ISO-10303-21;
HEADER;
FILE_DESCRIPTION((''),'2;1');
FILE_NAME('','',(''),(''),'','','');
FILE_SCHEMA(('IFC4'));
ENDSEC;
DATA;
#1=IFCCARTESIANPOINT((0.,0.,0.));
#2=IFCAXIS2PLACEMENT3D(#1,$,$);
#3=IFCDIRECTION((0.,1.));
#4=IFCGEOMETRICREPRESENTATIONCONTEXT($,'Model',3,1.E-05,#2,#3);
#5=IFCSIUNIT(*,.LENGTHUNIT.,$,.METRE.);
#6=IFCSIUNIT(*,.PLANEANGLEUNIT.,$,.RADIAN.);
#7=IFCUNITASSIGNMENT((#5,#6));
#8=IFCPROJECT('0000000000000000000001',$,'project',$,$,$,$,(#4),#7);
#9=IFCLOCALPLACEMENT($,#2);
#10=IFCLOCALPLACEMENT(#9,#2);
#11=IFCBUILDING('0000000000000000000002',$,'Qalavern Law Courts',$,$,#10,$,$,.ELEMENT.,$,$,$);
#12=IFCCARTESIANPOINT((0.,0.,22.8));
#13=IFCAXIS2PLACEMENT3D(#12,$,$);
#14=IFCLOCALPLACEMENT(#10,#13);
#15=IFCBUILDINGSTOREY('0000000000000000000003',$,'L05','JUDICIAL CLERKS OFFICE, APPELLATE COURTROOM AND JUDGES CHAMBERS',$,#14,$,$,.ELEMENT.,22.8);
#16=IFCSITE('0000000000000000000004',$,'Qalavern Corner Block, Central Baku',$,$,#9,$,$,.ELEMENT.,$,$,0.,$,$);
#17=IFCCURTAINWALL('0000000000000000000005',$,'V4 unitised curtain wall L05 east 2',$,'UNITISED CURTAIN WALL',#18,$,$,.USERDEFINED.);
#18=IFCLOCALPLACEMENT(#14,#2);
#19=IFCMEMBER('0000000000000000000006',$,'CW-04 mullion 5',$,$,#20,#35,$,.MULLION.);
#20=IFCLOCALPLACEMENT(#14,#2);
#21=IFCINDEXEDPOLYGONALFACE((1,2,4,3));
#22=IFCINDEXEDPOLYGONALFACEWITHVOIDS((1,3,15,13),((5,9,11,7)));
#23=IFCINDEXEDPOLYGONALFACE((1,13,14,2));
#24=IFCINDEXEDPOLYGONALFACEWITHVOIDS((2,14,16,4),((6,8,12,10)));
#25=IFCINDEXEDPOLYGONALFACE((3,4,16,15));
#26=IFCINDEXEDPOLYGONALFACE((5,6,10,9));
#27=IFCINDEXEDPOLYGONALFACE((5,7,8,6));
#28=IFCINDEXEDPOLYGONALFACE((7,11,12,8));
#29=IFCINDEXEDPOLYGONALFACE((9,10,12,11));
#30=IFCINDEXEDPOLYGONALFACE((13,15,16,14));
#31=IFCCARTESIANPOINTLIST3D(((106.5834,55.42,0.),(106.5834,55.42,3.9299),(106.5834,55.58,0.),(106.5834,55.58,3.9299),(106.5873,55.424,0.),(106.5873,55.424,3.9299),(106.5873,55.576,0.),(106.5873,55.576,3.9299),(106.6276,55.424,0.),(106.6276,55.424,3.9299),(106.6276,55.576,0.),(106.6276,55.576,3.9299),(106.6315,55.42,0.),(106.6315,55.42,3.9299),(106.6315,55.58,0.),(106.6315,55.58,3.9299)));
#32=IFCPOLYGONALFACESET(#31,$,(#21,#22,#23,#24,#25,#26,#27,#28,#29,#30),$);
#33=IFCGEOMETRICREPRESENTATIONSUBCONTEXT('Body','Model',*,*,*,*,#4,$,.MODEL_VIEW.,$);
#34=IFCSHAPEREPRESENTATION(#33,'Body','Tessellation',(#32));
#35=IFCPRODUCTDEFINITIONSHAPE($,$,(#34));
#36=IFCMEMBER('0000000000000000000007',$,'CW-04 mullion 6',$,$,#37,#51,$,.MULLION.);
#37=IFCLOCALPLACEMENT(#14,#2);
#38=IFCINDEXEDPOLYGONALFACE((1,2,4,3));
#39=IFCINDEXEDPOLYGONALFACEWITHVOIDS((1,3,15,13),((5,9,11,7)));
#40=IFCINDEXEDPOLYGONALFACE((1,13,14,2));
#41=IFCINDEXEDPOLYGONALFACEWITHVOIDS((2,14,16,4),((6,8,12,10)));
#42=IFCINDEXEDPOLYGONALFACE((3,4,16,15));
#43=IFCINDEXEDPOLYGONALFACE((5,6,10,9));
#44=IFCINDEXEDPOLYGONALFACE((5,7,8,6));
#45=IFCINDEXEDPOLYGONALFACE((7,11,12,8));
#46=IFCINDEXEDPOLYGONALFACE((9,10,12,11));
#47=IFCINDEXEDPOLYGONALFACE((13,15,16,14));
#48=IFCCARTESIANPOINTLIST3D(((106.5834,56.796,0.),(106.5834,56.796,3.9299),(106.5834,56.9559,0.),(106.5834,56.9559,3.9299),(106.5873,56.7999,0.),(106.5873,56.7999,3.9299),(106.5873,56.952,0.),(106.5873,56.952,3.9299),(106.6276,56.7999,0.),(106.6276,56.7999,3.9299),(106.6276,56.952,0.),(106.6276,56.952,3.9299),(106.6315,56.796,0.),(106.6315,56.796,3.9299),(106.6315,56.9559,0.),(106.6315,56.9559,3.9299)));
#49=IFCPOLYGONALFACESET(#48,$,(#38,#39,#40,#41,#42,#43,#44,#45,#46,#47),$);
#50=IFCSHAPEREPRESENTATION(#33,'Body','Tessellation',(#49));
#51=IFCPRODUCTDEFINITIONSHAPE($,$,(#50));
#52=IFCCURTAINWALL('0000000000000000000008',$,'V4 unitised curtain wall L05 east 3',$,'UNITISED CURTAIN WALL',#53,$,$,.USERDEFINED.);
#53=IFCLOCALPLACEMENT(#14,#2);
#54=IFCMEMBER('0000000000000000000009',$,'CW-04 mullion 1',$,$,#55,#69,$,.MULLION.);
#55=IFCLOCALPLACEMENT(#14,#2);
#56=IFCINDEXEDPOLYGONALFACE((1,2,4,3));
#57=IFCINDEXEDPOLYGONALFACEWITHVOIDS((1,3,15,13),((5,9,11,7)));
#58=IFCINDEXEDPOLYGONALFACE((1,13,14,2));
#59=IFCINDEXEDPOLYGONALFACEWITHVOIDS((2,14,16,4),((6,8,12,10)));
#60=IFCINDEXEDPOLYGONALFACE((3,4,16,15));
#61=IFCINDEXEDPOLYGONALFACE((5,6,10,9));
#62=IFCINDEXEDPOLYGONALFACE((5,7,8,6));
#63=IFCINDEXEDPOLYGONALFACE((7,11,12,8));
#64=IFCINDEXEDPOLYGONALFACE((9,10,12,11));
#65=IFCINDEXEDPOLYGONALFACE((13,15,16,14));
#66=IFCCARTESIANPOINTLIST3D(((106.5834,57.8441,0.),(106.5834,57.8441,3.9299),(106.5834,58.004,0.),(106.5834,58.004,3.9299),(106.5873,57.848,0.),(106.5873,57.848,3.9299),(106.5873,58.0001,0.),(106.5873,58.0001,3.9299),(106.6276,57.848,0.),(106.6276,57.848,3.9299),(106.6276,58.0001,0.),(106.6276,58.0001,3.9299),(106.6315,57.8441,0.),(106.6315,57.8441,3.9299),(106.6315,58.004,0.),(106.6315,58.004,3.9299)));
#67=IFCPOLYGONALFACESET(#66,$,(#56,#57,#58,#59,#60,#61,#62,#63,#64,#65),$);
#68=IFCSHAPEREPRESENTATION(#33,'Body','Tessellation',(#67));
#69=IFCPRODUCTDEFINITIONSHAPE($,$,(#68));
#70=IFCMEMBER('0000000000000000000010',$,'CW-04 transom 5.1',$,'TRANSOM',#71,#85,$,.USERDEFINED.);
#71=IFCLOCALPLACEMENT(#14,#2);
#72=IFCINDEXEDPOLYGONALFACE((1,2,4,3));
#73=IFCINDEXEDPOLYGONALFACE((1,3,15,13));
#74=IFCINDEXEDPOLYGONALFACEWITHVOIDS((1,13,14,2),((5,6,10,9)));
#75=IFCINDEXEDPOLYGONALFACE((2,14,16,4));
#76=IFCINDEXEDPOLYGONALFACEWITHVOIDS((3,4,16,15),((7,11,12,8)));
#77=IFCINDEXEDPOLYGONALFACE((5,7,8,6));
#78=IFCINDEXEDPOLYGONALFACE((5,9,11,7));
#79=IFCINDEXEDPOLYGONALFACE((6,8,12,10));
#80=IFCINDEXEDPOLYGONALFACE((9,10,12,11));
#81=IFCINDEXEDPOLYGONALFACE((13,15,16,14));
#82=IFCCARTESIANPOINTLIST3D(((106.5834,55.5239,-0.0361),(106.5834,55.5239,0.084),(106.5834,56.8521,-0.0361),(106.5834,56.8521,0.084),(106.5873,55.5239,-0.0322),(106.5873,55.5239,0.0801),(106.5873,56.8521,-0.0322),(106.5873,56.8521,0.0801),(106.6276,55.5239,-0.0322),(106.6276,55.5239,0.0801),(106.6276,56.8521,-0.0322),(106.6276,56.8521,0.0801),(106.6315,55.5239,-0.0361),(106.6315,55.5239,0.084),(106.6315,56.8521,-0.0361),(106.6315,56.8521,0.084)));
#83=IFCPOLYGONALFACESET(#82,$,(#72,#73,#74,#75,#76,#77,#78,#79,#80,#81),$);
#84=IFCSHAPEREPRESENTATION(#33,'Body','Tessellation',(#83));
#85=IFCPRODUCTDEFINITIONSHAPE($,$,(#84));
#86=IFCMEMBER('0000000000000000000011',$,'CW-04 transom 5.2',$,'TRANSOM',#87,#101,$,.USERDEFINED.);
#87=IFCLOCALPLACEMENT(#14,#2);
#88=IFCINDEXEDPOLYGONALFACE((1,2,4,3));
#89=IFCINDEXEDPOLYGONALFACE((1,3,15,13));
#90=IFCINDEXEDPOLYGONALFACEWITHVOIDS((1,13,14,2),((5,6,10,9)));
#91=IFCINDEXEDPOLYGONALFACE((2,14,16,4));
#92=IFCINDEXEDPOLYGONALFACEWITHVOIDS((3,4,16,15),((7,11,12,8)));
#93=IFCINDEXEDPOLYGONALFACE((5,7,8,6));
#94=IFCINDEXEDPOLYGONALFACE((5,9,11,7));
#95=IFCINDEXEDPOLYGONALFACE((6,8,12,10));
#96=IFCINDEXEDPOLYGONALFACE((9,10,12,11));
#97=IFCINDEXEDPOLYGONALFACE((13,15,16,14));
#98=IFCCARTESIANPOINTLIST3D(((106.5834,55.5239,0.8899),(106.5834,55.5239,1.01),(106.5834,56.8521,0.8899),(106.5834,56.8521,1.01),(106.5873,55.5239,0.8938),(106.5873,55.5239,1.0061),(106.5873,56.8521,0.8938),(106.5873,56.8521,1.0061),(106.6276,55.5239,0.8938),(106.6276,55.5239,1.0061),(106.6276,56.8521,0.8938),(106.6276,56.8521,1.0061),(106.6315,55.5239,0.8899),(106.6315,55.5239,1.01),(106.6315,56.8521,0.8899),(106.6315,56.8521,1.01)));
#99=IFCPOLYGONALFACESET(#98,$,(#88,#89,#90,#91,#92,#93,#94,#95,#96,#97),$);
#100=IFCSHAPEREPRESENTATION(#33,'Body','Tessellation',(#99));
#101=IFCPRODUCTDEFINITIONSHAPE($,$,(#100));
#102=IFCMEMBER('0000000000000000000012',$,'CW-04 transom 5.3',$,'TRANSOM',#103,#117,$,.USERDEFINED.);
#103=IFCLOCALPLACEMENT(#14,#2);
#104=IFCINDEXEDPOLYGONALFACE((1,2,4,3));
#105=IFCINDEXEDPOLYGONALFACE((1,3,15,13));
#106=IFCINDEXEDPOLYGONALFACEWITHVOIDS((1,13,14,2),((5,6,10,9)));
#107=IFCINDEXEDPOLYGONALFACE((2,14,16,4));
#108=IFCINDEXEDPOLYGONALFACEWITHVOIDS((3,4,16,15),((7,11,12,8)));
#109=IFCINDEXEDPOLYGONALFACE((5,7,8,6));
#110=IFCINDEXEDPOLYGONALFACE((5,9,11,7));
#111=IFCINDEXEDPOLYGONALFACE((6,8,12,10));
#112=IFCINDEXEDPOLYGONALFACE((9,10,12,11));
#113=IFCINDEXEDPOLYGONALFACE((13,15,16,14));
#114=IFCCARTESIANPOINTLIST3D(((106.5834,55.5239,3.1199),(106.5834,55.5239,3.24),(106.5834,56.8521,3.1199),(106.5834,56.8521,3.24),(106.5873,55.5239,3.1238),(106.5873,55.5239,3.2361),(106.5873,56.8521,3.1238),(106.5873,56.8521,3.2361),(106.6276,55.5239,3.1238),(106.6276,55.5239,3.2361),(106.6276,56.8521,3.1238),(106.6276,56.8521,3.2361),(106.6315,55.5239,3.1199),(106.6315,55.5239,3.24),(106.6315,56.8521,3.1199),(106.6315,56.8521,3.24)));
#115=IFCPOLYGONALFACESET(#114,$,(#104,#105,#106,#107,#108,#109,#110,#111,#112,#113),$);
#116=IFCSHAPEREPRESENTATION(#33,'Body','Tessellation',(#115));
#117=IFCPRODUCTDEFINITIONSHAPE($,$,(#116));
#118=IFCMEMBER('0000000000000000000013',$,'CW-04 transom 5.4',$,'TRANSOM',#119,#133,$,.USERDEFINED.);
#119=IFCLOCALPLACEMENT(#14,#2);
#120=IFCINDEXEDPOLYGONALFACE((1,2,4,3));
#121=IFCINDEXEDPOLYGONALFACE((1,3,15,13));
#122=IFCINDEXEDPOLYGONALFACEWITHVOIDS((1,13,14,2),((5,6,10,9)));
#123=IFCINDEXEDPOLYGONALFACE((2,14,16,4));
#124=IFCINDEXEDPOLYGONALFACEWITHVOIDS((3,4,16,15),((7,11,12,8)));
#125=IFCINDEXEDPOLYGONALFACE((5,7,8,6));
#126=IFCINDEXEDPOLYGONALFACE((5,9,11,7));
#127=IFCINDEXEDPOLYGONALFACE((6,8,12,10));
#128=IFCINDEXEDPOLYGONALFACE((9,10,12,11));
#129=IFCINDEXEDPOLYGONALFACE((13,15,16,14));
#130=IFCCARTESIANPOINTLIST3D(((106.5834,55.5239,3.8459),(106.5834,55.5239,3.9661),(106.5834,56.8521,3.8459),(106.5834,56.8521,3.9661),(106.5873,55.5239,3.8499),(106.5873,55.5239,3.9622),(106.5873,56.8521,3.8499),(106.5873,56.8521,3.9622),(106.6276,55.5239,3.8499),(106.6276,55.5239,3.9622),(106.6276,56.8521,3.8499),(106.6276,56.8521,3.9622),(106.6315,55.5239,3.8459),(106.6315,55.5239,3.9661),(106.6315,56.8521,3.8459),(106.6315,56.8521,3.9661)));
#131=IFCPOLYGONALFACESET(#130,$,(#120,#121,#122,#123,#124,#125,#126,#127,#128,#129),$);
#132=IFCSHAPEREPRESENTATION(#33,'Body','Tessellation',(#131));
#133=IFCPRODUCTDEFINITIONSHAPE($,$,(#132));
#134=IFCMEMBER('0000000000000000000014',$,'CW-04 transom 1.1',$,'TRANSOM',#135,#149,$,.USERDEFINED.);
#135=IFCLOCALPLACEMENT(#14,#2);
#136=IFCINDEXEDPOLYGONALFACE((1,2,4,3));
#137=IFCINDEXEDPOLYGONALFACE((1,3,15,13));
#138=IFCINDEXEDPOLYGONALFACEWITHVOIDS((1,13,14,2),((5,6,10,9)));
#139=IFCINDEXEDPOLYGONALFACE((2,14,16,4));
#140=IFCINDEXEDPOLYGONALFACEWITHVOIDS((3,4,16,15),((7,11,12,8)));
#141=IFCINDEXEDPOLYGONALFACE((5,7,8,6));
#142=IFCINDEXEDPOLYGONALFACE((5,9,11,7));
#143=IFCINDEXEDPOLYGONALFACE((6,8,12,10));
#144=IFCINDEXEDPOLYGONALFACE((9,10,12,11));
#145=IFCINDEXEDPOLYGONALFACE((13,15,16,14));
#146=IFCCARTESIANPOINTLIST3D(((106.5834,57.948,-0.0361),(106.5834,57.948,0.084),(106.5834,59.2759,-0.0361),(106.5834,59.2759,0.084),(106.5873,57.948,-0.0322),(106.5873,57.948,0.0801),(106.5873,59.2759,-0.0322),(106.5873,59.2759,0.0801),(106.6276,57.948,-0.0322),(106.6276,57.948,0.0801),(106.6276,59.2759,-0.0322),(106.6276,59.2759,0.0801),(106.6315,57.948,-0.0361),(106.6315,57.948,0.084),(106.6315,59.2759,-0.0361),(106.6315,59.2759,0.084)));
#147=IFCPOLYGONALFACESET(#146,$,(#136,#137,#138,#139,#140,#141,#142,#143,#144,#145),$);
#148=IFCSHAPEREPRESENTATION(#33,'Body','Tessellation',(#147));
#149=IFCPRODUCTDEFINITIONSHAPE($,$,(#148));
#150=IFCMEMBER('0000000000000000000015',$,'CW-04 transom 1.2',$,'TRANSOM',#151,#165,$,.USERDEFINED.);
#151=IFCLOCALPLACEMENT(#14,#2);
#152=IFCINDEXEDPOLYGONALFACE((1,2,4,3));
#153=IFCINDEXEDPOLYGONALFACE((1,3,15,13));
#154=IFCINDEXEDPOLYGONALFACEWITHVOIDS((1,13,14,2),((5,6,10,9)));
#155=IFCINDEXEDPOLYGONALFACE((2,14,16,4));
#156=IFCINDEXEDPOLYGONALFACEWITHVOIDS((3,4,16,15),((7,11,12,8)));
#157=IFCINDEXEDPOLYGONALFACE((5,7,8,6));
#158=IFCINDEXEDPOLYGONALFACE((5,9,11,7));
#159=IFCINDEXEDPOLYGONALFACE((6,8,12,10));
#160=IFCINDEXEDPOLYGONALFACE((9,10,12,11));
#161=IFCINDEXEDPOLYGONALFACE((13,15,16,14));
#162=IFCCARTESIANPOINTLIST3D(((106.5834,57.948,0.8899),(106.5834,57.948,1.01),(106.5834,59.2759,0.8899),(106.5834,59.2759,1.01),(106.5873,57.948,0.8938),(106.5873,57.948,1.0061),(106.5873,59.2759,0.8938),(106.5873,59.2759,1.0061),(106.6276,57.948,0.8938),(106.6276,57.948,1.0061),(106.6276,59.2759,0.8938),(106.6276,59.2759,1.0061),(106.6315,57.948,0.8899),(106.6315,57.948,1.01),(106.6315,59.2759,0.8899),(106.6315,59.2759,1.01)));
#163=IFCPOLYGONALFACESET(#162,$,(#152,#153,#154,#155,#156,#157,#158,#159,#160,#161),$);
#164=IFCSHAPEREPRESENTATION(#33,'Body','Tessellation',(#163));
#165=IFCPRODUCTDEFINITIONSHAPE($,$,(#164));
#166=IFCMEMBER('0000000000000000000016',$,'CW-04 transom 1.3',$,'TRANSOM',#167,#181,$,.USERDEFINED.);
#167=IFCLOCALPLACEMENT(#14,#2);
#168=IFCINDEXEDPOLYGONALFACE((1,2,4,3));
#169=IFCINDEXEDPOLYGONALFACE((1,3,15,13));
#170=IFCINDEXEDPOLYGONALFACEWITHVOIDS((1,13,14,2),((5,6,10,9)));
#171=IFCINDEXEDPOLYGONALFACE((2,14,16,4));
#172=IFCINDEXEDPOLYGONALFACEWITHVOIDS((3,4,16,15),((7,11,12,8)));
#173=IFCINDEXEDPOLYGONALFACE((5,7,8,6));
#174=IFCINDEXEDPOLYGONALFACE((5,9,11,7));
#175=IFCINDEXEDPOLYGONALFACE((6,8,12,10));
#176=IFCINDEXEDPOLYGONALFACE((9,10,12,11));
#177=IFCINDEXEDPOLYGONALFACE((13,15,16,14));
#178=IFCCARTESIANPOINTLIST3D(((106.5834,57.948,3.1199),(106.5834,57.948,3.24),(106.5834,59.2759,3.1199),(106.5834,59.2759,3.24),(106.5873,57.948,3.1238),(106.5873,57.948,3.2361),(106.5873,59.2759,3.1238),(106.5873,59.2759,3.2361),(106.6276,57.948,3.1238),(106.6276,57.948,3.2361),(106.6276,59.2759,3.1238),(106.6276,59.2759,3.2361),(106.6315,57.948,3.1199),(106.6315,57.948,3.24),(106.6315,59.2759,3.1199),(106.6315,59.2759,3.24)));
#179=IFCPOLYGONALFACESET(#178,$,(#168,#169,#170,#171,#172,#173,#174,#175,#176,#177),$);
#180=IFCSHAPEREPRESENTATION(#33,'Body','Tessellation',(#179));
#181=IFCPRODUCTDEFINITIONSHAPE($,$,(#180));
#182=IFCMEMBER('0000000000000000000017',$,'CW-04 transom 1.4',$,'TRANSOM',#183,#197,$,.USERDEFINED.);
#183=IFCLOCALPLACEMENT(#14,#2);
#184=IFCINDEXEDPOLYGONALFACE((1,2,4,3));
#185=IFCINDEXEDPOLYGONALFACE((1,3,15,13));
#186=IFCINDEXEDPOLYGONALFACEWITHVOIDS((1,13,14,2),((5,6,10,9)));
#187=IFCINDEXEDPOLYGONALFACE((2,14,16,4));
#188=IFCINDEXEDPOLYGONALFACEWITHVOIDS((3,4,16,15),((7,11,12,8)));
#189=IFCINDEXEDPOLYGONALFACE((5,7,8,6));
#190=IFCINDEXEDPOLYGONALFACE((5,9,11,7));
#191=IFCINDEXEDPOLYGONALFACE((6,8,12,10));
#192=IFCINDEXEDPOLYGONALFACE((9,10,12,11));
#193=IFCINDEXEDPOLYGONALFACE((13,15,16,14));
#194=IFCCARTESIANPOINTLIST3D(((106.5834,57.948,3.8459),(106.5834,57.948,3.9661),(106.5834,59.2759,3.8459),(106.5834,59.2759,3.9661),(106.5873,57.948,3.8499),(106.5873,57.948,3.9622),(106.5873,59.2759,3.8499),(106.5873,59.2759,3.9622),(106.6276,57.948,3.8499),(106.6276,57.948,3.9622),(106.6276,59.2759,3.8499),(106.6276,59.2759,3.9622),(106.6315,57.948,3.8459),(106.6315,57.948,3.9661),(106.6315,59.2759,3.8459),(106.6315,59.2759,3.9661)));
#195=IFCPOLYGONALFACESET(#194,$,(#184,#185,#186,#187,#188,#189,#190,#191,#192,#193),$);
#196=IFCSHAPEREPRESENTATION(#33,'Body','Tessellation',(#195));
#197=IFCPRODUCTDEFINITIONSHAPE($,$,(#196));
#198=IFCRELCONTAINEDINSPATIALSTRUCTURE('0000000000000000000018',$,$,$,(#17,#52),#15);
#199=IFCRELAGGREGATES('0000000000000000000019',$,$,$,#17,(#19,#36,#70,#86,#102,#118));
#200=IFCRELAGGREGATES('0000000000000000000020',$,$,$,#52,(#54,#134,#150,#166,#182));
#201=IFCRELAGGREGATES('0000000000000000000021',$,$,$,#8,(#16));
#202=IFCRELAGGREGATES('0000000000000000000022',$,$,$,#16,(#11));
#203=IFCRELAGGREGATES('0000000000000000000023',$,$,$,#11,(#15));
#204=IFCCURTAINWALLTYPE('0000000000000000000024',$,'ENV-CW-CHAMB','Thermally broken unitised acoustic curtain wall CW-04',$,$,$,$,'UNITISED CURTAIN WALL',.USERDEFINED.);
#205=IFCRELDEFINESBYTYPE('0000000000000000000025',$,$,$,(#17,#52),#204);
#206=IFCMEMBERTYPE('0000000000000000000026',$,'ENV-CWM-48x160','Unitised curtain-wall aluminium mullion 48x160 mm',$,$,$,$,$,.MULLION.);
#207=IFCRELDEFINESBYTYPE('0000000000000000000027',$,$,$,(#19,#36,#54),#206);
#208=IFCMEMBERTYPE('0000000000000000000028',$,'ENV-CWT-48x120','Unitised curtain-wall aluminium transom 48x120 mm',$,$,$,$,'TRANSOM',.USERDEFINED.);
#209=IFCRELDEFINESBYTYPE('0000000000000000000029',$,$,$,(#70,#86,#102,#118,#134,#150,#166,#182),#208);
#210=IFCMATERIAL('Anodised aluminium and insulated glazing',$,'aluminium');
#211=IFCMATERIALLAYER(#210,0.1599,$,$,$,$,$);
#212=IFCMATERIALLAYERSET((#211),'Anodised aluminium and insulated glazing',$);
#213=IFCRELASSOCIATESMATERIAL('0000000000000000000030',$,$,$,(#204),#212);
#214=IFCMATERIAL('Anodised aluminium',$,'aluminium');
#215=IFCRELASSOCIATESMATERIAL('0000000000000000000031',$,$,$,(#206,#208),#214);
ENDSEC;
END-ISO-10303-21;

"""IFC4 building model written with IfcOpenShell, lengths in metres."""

from ifc_helpers import new_model, si_unit, direction, frame, origin, origin_2d, place, context, subcontext, project, spatial, hollow_rectangle, extrude, material, layer, layer_set, material_profile, profile_set, type_object, element, aggregate, save


model = new_model("IFC4")

# Units and contexts
model_context = context("Model", 3, precision=1e-05, world=origin(), true_north=direction((0.0, 1.0)))
body_context = subcontext(model_context, "Body", "Model", "MODEL_VIEW")
ifc_project = project(units=[si_unit("LENGTHUNIT", "METRE"), si_unit("PLANEANGLEUNIT", "RADIAN")], contexts=[model_context])

# Site, building, storey
site_placement = place(None, origin())
site = spatial("IfcSite", under=ifc_project, at=site_placement, Name="Qalavern Corner Block, Central Baku", CompositionType="ELEMENT", RefElevation=0.0)
building_placement = place(site_placement, origin())
building = spatial("IfcBuilding", under=site, at=building_placement, Name="Qalavern Law Courts", CompositionType="ELEMENT")
storey_placement = place(building_placement, frame((0.0, 0.0, 22.8)))
storey = spatial("IfcBuildingStorey", under=building, at=storey_placement, Name="L05", Description="JUDICIAL CLERKS OFFICE, APPELLATE COURTROOM AND JUDGES CHAMBERS", CompositionType="ELEMENT", Elevation=22.8)

# Curtain wall, members
ifc_material_1 = material(Name="Anodised aluminium and insulated glazing", Category="aluminium")
ifc_layer_1 = layer(ifc_material_1, 0.1599)
ifc_layer_set_1 = layer_set([ifc_layer_1], Name="Anodised aluminium and insulated glazing")
curtain_wall_type = type_object("IfcCurtainWallType", Name="ENV-CW-CHAMB", Description="Thermally broken unitised acoustic curtain wall CW-04", ElementType="UNITISED CURTAIN WALL", PredefinedType="USERDEFINED", material=ifc_layer_set_1)
curtain_wall_1_placement = place(storey_placement, origin())
curtain_wall_1 = element("IfcCurtainWall", 1, at=curtain_wall_1_placement, inside=storey, type_object=curtain_wall_type, Name="V4 unitised curtain wall L05 east 2", ObjectType="UNITISED CURTAIN WALL", PredefinedType="USERDEFINED")
ifc_material_2 = material(Name="Anodised aluminium", Category="aluminium")
ifc_material_profile_1 = material_profile(ifc_material_2, hollow_rectangle(XDim=0.0481, YDim=0.1599, WallThickness=0.0039, at=origin_2d()), Name="ALU MULLION 48x160")
ifc_profile_set_1 = profile_set([ifc_material_profile_1], Name="Anodised aluminium")
member_type_1 = type_object("IfcMemberType", Name="ENV-CWM-48x160", Description="Unitised curtain-wall aluminium mullion 48x160 mm", PredefinedType="MULLION", material=ifc_profile_set_1)
member_1_placement = place(storey_placement, frame((106.6074, 55.5, 0.0), z_axis=(0.0, 0.0, 1.0), x_axis=(-1.0, 0.0, 0.0)))
member_1 = element("IfcMember", 2, at=member_1_placement, type_object=member_type_1, Name="CW-04 mullion 5", PredefinedType="MULLION", context=body_context, shape_type="SweptSolid", body=[
    extrude(hollow_rectangle(XDim=0.0481, YDim=0.1599, WallThickness=0.0039, at=origin_2d()), origin(), (0.0, 0.0, 1.0), 3.9299),
])
member_2_placement = place(storey_placement, frame((106.6074, 56.876, 0.0), z_axis=(0.0, 0.0, 1.0), x_axis=(-1.0, 0.0, 0.0)))
member_2 = element("IfcMember", 3, at=member_2_placement, type_object=member_type_1, Name="CW-04 mullion 6", PredefinedType="MULLION", context=body_context, shape_type="SweptSolid", body=[
    extrude(hollow_rectangle(XDim=0.0481, YDim=0.1599, WallThickness=0.0039, at=origin_2d()), origin(), (0.0, 0.0, 1.0), 3.9299),
])

# Curtain wall, member
curtain_wall_2_placement = place(storey_placement, origin())
curtain_wall_2 = element("IfcCurtainWall", 4, at=curtain_wall_2_placement, inside=storey, type_object=curtain_wall_type, Name="V4 unitised curtain wall L05 east 3", ObjectType="UNITISED CURTAIN WALL", PredefinedType="USERDEFINED")
member_3_placement = place(storey_placement, frame((106.6074, 57.9241, 0.0), z_axis=(0.0, 0.0, 1.0), x_axis=(-1.0, 0.0, 0.0)))
member_3 = element("IfcMember", 5, at=member_3_placement, type_object=member_type_1, Name="CW-04 mullion 1", PredefinedType="MULLION", context=body_context, shape_type="SweptSolid", body=[
    extrude(hollow_rectangle(XDim=0.0481, YDim=0.1599, WallThickness=0.0039, at=origin_2d()), origin(), (0.0, 0.0, 1.0), 3.9299),
])

# Members
ifc_material_profile_2 = material_profile(ifc_material_2, hollow_rectangle(XDim=0.0481, YDim=0.1201, WallThickness=0.0039, at=origin_2d()), Name="ALU TRANSOM 48x120")
ifc_profile_set_2 = profile_set([ifc_material_profile_2], Name="Anodised aluminium")
member_type_2 = type_object("IfcMemberType", Name="ENV-CWT-48x120", Description="Unitised curtain-wall aluminium transom 48x120 mm", ElementType="TRANSOM", PredefinedType="USERDEFINED", material=ifc_profile_set_2)
member_4_placement = place(storey_placement, frame((106.6074, 55.5239, 0.0239), z_axis=(0.0, 1.0, 0.0), x_axis=(-1.0, 0.0, 0.0)))
member_4 = element("IfcMember", 6, at=member_4_placement, type_object=member_type_2, Name="CW-04 transom 5.1", ObjectType="TRANSOM", PredefinedType="USERDEFINED", context=body_context, shape_type="SweptSolid", body=[
    extrude(hollow_rectangle(XDim=0.0481, YDim=0.1201, WallThickness=0.0039, at=origin_2d()), origin(), (0.0, 0.0, 1.0), 1.3281),
])
member_5_placement = place(storey_placement, frame((106.6074, 55.5239, 0.95), z_axis=(0.0, 1.0, 0.0), x_axis=(-1.0, 0.0, 0.0)))
member_5 = element("IfcMember", 7, at=member_5_placement, type_object=member_type_2, Name="CW-04 transom 5.2", ObjectType="TRANSOM", PredefinedType="USERDEFINED", context=body_context, shape_type="SweptSolid", body=[
    extrude(hollow_rectangle(XDim=0.0481, YDim=0.1201, WallThickness=0.0039, at=origin_2d()), origin(), (0.0, 0.0, 1.0), 1.3281),
])
member_6_placement = place(storey_placement, frame((106.6074, 55.5239, 3.1799), z_axis=(0.0, 1.0, 0.0), x_axis=(-1.0, 0.0, 0.0)))
member_6 = element("IfcMember", 8, at=member_6_placement, type_object=member_type_2, Name="CW-04 transom 5.3", ObjectType="TRANSOM", PredefinedType="USERDEFINED", context=body_context, shape_type="SweptSolid", body=[
    extrude(hollow_rectangle(XDim=0.0481, YDim=0.1201, WallThickness=0.0039, at=origin_2d()), origin(), (0.0, 0.0, 1.0), 1.3281),
])
member_7_placement = place(storey_placement, frame((106.6074, 55.5239, 3.906), z_axis=(0.0, 1.0, 0.0), x_axis=(-1.0, 0.0, 0.0)))
member_7 = element("IfcMember", 9, at=member_7_placement, type_object=member_type_2, Name="CW-04 transom 5.4", ObjectType="TRANSOM", PredefinedType="USERDEFINED", context=body_context, shape_type="SweptSolid", body=[
    extrude(hollow_rectangle(XDim=0.0481, YDim=0.1201, WallThickness=0.0039, at=origin_2d()), origin(), (0.0, 0.0, 1.0), 1.3281),
])
member_8_placement = place(storey_placement, frame((106.6074, 57.948, 0.0239), z_axis=(0.0, 1.0, 0.0), x_axis=(-1.0, 0.0, 0.0)))
member_8 = element("IfcMember", 10, at=member_8_placement, type_object=member_type_2, Name="CW-04 transom 1.1", ObjectType="TRANSOM", PredefinedType="USERDEFINED", context=body_context, shape_type="SweptSolid", body=[
    extrude(hollow_rectangle(XDim=0.0481, YDim=0.1201, WallThickness=0.0039, at=origin_2d()), origin(), (0.0, 0.0, 1.0), 1.3279),
])
member_9_placement = place(storey_placement, frame((106.6074, 57.948, 0.95), z_axis=(0.0, 1.0, 0.0), x_axis=(-1.0, 0.0, 0.0)))
member_9 = element("IfcMember", 11, at=member_9_placement, type_object=member_type_2, Name="CW-04 transom 1.2", ObjectType="TRANSOM", PredefinedType="USERDEFINED", context=body_context, shape_type="SweptSolid", body=[
    extrude(hollow_rectangle(XDim=0.0481, YDim=0.1201, WallThickness=0.0039, at=origin_2d()), origin(), (0.0, 0.0, 1.0), 1.3279),
])
member_10_placement = place(storey_placement, frame((106.6074, 57.948, 3.1799), z_axis=(0.0, 1.0, 0.0), x_axis=(-1.0, 0.0, 0.0)))
member_10 = element("IfcMember", 12, at=member_10_placement, type_object=member_type_2, Name="CW-04 transom 1.3", ObjectType="TRANSOM", PredefinedType="USERDEFINED", context=body_context, shape_type="SweptSolid", body=[
    extrude(hollow_rectangle(XDim=0.0481, YDim=0.1201, WallThickness=0.0039, at=origin_2d()), origin(), (0.0, 0.0, 1.0), 1.3279),
])
member_11_placement = place(storey_placement, frame((106.6074, 57.948, 3.906), z_axis=(0.0, 1.0, 0.0), x_axis=(-1.0, 0.0, 0.0)))
member_11 = element("IfcMember", 13, at=member_11_placement, type_object=member_type_2, Name="CW-04 transom 1.4", ObjectType="TRANSOM", PredefinedType="USERDEFINED", context=body_context, shape_type="SweptSolid", body=[
    extrude(hollow_rectangle(XDim=0.0481, YDim=0.1201, WallThickness=0.0039, at=origin_2d()), origin(), (0.0, 0.0, 1.0), 1.3279),
])

aggregate(curtain_wall_1, [member_1, member_2, member_4, member_5, member_6, member_7])
aggregate(curtain_wall_2, [member_3, member_8, member_9, member_10, member_11])

save(model, "model.ifc")
